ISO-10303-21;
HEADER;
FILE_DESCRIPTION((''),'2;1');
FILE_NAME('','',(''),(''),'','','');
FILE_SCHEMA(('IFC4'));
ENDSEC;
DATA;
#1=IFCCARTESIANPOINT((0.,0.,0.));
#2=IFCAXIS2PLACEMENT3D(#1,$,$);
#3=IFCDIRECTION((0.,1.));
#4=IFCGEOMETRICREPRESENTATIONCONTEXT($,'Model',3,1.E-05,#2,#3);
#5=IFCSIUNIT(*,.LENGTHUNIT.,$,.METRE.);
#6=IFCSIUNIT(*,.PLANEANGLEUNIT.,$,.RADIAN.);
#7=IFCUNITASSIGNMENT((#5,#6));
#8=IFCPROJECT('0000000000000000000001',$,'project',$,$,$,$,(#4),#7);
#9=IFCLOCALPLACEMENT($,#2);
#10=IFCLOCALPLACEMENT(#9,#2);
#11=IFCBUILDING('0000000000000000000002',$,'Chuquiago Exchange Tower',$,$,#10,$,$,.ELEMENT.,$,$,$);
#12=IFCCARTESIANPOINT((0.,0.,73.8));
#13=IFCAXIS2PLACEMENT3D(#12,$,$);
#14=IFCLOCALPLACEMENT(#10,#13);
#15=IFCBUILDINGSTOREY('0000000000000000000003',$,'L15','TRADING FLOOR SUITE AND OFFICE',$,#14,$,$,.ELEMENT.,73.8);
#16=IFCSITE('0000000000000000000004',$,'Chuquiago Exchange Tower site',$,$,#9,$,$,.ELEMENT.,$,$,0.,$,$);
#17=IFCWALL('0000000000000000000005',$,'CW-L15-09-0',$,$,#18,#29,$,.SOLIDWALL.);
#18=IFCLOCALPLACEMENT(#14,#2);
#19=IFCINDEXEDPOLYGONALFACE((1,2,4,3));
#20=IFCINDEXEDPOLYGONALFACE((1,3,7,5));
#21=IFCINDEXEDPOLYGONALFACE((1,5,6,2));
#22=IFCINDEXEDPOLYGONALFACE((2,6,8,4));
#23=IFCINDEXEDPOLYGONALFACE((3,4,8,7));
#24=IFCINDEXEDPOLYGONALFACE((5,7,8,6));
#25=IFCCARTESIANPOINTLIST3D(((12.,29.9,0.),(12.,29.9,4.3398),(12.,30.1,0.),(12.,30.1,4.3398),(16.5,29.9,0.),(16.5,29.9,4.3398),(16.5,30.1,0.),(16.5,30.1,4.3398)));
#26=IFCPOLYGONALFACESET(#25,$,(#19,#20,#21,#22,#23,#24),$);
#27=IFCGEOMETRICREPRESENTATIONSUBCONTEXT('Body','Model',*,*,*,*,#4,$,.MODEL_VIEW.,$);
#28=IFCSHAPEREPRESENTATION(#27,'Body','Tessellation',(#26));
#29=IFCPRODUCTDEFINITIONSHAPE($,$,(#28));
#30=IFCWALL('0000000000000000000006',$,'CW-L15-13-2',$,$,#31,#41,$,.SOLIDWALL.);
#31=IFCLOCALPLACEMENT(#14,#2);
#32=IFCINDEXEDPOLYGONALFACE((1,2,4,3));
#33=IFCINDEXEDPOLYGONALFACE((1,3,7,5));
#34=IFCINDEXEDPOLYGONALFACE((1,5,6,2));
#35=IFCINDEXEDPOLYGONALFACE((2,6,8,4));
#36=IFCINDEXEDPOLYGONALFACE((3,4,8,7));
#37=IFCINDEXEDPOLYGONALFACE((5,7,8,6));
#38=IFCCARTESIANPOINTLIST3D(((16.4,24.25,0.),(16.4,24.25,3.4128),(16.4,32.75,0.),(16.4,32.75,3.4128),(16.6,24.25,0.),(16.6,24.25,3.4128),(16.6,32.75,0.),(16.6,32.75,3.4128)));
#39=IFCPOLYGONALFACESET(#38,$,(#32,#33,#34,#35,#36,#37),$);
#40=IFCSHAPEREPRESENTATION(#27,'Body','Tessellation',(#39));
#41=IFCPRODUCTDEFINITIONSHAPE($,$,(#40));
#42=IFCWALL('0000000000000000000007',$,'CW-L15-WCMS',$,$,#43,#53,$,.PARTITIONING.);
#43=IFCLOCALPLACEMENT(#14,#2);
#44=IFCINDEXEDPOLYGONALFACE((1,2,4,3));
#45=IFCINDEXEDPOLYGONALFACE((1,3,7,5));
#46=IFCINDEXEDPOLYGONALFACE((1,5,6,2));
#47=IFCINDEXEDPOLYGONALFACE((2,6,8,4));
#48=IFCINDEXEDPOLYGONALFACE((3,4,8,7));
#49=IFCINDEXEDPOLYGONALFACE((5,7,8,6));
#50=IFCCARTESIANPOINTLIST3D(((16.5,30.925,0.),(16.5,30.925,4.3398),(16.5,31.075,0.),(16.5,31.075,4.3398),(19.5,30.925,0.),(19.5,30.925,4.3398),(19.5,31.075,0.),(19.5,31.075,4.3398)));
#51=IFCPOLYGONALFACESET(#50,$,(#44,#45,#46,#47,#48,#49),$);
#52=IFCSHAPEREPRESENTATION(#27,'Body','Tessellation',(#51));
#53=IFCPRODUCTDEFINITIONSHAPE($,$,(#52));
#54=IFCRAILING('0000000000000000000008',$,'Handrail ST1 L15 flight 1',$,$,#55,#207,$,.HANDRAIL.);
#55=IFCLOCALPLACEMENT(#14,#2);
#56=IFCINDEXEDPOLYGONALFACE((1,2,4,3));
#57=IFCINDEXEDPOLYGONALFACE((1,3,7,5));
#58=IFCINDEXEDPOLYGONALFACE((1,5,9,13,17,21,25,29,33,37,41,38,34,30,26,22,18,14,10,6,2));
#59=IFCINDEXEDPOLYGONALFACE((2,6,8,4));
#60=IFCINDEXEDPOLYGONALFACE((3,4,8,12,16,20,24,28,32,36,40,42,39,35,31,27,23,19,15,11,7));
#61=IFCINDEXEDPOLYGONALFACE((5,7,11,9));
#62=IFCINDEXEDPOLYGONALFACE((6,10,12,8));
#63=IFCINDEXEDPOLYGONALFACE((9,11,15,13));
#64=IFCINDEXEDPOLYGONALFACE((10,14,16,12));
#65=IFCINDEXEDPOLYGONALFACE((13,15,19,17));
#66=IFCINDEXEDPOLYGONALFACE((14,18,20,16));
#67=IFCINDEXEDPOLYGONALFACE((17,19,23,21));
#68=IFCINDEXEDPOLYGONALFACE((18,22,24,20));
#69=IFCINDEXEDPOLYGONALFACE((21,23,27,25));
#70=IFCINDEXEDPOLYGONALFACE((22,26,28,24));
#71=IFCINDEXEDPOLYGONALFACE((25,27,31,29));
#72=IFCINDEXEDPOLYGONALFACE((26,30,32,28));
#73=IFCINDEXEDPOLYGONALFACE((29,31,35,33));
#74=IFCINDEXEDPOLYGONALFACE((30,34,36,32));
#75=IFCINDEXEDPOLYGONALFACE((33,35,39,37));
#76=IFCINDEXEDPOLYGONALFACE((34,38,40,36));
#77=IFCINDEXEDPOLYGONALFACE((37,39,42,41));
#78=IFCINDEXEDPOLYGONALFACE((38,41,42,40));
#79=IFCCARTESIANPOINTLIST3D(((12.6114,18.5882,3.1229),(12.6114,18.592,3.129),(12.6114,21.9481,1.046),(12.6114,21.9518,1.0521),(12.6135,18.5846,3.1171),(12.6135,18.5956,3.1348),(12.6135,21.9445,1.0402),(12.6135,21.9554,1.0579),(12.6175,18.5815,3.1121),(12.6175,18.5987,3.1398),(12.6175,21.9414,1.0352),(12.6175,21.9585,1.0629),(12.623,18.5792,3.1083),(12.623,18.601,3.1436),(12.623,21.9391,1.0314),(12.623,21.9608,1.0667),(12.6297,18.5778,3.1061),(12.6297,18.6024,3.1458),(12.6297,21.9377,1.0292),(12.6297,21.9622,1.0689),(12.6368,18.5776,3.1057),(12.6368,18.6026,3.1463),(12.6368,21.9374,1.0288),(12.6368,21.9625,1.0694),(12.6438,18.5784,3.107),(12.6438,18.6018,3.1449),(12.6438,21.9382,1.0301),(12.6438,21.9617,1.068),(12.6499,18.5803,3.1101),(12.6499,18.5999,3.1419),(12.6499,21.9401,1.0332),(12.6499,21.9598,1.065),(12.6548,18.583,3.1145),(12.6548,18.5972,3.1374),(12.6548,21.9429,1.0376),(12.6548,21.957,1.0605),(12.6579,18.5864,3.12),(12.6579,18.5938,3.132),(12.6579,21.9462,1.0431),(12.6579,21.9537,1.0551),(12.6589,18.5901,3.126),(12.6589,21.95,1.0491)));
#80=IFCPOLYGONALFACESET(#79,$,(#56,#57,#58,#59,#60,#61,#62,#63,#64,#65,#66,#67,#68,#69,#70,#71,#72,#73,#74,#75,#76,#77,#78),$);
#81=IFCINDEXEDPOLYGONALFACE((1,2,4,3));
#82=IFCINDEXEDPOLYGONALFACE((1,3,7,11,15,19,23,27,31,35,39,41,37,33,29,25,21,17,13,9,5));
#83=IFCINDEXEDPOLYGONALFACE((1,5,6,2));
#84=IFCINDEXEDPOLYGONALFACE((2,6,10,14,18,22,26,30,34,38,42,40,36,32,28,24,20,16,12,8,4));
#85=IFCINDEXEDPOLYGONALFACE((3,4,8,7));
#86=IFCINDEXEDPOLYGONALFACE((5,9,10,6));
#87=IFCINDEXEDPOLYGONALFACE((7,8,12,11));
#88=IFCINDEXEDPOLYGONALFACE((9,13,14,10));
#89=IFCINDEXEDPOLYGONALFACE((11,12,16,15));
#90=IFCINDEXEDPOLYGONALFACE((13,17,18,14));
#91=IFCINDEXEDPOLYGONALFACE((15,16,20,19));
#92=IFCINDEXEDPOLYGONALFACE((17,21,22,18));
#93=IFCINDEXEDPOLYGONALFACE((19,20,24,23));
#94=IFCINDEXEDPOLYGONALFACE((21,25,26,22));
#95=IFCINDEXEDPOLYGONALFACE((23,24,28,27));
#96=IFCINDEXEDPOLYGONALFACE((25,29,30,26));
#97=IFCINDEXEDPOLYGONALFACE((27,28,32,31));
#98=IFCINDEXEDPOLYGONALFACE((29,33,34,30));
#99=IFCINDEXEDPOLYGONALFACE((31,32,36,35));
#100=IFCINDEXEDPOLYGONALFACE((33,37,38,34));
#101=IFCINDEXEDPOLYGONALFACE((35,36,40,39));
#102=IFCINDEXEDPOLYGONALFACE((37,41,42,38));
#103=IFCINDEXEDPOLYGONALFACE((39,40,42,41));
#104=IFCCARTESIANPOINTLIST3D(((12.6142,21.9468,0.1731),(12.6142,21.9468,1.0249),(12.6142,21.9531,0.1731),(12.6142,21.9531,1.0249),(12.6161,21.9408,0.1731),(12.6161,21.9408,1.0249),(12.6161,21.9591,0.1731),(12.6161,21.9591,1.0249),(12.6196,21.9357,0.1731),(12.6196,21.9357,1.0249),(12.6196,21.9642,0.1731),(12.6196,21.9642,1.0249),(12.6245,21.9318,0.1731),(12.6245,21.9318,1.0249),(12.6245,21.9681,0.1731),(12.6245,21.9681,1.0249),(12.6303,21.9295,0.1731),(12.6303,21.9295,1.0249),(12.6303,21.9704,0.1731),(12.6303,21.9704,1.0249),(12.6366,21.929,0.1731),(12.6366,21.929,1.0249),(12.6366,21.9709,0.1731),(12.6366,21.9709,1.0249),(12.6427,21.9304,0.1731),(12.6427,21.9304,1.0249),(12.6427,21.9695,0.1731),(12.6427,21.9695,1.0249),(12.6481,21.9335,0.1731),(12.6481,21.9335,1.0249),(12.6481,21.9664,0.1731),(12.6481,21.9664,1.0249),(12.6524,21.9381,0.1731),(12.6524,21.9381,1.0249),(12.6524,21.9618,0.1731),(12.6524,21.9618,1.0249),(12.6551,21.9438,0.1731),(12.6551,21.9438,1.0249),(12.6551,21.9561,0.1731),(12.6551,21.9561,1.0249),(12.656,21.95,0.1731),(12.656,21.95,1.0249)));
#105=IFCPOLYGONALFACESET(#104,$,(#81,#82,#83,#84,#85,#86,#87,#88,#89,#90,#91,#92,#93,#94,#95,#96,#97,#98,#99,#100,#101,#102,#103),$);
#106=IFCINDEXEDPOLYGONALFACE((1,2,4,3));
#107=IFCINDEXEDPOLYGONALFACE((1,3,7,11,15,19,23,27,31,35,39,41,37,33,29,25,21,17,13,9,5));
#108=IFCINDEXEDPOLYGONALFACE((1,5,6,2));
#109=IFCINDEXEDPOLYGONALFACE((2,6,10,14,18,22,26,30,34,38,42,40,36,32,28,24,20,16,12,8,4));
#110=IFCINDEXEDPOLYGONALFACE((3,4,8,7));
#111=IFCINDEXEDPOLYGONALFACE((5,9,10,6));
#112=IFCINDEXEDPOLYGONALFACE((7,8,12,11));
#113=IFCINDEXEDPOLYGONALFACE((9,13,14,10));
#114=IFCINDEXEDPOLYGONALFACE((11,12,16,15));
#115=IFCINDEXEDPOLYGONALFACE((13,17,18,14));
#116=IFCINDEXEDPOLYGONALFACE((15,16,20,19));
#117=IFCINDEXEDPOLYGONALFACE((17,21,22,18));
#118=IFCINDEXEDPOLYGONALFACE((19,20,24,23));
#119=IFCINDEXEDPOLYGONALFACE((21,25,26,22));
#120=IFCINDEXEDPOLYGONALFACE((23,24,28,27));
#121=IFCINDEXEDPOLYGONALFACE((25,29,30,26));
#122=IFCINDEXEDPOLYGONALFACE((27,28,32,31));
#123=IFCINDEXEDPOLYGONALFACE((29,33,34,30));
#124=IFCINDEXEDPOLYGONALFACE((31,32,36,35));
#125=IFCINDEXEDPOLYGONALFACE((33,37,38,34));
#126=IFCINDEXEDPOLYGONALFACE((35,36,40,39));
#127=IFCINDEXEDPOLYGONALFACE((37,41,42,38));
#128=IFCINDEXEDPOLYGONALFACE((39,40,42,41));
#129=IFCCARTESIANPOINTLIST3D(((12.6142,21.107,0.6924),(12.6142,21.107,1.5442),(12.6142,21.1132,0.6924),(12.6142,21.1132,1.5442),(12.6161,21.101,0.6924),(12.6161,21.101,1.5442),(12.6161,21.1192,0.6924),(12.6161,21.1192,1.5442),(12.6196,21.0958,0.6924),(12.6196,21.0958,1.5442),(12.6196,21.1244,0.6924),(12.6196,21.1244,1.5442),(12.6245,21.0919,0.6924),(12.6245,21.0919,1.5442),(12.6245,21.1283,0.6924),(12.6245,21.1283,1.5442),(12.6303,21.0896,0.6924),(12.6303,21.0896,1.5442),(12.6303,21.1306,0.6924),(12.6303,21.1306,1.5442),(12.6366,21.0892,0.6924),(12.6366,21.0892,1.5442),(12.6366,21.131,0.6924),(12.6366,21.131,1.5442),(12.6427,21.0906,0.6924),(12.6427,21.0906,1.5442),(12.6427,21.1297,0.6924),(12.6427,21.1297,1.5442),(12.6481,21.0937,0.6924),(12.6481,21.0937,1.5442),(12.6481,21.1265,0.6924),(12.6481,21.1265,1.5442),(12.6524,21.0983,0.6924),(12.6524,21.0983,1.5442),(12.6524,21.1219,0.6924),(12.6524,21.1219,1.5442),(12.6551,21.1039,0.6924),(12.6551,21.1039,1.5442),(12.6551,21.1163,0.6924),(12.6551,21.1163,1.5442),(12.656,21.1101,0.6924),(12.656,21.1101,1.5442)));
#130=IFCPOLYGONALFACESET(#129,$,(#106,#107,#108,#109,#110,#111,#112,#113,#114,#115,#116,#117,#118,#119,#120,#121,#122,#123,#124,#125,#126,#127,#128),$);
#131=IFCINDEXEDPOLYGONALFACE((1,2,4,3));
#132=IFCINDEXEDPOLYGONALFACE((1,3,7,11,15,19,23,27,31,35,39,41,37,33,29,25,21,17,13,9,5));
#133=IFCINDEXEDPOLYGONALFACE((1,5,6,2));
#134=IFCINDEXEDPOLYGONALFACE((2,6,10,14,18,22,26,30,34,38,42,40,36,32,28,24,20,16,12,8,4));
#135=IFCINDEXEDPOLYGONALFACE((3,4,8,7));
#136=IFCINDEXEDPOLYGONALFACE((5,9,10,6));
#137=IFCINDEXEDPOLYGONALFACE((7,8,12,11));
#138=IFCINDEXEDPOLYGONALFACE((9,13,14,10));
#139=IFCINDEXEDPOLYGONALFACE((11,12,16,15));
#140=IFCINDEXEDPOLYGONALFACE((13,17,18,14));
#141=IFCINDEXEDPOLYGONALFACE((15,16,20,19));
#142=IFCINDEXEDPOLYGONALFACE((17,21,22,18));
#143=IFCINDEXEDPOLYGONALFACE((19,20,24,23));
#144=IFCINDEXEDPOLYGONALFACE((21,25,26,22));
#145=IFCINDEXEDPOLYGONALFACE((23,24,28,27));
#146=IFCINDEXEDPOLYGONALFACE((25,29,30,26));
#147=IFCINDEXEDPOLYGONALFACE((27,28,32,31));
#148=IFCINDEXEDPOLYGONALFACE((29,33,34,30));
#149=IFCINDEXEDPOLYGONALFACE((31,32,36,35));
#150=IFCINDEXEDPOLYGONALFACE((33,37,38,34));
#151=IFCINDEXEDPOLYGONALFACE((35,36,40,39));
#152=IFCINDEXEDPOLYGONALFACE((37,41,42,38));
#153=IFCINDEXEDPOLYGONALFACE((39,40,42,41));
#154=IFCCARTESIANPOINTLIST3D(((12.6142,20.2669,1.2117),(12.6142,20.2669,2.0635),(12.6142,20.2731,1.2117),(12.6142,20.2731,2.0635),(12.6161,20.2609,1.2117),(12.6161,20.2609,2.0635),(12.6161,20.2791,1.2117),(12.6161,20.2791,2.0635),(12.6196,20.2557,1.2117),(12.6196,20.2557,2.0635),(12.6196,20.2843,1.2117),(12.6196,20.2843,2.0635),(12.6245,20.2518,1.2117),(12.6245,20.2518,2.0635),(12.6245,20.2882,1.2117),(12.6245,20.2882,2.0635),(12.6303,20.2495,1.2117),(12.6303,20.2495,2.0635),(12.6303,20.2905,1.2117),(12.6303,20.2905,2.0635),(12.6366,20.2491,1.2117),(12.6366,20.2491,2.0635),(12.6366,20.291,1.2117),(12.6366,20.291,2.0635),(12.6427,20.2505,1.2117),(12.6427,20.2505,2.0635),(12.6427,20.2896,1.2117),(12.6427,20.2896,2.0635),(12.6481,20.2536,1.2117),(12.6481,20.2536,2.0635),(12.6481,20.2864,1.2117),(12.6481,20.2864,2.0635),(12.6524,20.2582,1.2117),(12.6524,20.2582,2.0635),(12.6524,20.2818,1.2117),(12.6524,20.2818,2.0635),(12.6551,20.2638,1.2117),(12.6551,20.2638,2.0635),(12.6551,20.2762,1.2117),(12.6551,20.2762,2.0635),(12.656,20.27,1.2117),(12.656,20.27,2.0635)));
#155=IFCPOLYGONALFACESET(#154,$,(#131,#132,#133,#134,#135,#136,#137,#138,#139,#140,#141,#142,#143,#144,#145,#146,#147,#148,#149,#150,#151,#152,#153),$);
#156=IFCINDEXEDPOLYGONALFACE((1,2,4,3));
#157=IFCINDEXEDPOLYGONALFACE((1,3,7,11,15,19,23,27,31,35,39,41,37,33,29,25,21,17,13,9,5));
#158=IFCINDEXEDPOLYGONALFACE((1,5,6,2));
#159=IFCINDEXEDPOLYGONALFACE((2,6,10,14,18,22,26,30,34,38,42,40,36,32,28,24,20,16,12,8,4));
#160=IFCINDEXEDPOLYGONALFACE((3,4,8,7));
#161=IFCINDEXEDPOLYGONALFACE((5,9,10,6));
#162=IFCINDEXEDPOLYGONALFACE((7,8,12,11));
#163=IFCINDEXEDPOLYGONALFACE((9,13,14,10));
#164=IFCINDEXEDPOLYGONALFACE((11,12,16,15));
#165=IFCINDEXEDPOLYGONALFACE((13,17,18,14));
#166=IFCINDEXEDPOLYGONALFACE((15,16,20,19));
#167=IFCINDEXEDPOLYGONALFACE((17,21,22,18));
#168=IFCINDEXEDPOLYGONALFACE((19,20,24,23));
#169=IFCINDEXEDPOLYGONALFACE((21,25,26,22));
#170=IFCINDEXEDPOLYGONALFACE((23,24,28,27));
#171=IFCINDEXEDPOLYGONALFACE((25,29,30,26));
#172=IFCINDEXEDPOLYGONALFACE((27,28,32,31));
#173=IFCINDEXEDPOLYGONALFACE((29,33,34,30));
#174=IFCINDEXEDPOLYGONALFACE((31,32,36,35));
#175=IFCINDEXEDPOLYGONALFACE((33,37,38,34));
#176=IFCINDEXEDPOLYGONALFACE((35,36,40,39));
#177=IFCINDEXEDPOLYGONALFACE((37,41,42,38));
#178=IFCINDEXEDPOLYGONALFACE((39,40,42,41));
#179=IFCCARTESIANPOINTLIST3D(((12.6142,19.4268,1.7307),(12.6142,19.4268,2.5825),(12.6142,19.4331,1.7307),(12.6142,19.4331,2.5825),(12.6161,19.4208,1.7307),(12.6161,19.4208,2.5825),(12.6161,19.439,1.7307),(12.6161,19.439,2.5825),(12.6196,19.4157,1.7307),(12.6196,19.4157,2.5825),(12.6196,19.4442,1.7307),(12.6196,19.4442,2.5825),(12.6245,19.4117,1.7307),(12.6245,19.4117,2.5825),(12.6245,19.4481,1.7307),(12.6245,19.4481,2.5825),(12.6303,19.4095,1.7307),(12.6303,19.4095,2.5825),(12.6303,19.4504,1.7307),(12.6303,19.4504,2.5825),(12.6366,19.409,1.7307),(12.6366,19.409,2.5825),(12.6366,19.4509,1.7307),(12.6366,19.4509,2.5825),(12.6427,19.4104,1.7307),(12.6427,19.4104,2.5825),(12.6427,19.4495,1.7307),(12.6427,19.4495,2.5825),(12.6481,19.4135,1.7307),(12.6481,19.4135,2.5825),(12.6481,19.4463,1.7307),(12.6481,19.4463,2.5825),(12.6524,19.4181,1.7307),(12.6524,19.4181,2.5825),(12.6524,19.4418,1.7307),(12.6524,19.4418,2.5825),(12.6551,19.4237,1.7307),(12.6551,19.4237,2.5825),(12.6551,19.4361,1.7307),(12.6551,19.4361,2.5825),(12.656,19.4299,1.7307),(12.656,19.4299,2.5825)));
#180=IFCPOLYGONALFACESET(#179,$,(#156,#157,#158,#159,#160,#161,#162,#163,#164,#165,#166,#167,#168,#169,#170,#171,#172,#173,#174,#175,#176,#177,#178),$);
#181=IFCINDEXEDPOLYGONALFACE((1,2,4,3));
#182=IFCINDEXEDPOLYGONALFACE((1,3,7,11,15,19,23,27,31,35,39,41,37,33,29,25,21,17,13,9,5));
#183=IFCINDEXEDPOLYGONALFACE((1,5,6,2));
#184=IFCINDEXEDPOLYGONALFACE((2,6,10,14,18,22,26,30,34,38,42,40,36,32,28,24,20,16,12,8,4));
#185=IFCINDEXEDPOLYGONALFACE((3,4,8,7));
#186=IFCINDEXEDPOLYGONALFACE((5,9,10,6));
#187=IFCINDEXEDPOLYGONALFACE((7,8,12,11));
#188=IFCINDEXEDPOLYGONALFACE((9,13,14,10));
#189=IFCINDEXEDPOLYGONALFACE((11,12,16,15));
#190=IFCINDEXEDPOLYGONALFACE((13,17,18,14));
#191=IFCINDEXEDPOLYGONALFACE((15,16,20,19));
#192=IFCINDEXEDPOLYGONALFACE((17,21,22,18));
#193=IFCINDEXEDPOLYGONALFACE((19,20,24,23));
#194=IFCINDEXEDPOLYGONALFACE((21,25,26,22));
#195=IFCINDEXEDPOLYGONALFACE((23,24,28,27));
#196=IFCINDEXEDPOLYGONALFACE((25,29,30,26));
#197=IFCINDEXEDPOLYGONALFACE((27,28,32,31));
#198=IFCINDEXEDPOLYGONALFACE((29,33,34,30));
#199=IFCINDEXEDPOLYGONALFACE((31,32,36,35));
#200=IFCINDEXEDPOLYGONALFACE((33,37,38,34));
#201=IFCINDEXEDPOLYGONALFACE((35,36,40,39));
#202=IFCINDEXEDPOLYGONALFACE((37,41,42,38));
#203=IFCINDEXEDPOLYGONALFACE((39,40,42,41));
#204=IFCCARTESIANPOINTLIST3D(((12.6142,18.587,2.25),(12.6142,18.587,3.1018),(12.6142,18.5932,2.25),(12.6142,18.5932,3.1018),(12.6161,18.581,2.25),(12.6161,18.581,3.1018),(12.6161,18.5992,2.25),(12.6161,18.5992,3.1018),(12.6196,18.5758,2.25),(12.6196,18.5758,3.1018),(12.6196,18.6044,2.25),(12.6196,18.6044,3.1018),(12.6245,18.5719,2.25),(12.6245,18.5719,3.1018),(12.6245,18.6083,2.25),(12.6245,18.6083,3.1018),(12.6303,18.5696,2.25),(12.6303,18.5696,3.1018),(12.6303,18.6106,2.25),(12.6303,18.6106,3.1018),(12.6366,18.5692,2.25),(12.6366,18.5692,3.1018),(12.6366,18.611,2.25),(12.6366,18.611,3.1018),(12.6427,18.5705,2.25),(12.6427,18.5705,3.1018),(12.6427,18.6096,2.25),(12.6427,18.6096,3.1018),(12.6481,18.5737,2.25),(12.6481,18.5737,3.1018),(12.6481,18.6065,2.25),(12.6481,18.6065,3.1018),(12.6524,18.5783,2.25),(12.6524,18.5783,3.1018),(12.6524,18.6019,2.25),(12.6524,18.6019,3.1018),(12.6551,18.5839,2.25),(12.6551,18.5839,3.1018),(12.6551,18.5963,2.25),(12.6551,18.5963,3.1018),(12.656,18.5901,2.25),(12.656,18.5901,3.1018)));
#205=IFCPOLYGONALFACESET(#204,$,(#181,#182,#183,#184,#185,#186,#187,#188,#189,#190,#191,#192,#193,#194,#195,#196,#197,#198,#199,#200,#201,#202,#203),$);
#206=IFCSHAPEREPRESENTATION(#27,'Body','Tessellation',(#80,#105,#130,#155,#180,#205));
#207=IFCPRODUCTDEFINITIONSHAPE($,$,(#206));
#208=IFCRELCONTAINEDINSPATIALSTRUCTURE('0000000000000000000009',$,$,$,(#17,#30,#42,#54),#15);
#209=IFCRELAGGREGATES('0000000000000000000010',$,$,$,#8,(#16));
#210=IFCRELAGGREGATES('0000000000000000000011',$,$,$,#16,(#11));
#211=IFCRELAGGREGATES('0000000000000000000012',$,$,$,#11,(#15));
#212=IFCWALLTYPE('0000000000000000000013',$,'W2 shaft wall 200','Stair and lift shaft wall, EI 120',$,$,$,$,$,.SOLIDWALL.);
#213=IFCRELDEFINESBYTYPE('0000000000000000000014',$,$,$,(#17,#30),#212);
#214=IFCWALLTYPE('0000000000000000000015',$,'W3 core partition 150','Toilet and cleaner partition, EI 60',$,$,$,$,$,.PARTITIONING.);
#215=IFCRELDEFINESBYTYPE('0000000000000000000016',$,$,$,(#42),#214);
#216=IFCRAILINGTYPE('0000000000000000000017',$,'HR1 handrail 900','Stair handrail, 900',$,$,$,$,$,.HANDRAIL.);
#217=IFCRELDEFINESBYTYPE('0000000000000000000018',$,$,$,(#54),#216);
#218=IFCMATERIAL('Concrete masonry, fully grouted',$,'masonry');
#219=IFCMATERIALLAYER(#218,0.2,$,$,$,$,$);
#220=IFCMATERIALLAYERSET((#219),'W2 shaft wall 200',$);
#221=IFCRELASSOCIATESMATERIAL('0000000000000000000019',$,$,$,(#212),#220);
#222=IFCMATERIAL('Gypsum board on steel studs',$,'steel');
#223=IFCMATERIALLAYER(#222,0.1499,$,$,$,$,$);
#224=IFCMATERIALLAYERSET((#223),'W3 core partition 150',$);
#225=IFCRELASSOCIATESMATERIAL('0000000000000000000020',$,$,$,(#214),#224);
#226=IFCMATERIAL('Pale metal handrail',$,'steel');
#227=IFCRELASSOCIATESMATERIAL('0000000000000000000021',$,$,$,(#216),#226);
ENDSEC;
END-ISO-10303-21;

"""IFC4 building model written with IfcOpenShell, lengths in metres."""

from ifc_helpers import new_model, si_unit, direction, frame, frame_2d, origin, origin_2d, place, context, subcontext, project, spatial, rectangle, circle, extrude, material, layer, layer_set, type_object, element, save


model = new_model("IFC4")

# Units and contexts
model_context = context("Model", 3, precision=1e-05, world=origin(), true_north=direction((0.0, 1.0)))
body_context = subcontext(model_context, "Body", "Model", "MODEL_VIEW")
ifc_project = project(units=[si_unit("LENGTHUNIT", "METRE"), si_unit("PLANEANGLEUNIT", "RADIAN")], contexts=[model_context])

# Site, building, storey
site_placement = place(None, origin())
site = spatial("IfcSite", under=ifc_project, at=site_placement, Name="Chuquiago Exchange Tower site", CompositionType="ELEMENT", RefElevation=0.0)
building_placement = place(site_placement, origin())
building = spatial("IfcBuilding", under=site, at=building_placement, Name="Chuquiago Exchange Tower", CompositionType="ELEMENT")
storey_placement = place(building_placement, frame((0.0, 0.0, 73.8)))
storey = spatial("IfcBuildingStorey", under=building, at=storey_placement, Name="L15", Description="TRADING FLOOR SUITE AND OFFICE", CompositionType="ELEMENT", Elevation=73.8)

# Shared definitions
ifc_material_1 = material(Name="Concrete masonry, fully grouted", Category="masonry")
ifc_layer_1 = layer(ifc_material_1, 0.2)
ifc_layer_set_1 = layer_set([ifc_layer_1], Name="W2 shaft wall 200")
wall_type_1 = type_object("IfcWallType", Name="W2 shaft wall 200", Description="Stair and lift shaft wall, EI 120", PredefinedType="SOLIDWALL", material=ifc_layer_set_1)

# Walls
wall_1_placement = place(storey_placement, frame((12.0, 30.0, 0.0), z_axis=(0.0, 0.0, 1.0), x_axis=(1.0, 0.0, 0.0)))
element("IfcWall", 1, at=wall_1_placement, inside=storey, type_object=wall_type_1, Name="CW-L15-09-0", PredefinedType="SOLIDWALL", context=body_context, shape_type="SweptSolid", body=[
    extrude(rectangle(XDim=4.5, YDim=0.2, at=frame_2d((2.25, 0.0))), origin(), (0.0, 0.0, 1.0), 4.3398),
])
wall_2_placement = place(storey_placement, frame((16.5, 24.25, 0.0), z_axis=(0.0, 0.0, 1.0), x_axis=(0.0, 1.0, 0.0)))
element("IfcWall", 2, at=wall_2_placement, inside=storey, type_object=wall_type_1, Name="CW-L15-13-2", PredefinedType="SOLIDWALL", context=body_context, shape_type="SweptSolid", body=[
    extrude(rectangle(XDim=8.5, YDim=0.2, at=frame_2d((4.25, 0.0))), origin(), (0.0, 0.0, 1.0), 3.4128),
])
ifc_material_2 = material(Name="Gypsum board on steel studs", Category="steel")
ifc_layer_2 = layer(ifc_material_2, 0.1499)
ifc_layer_set_2 = layer_set([ifc_layer_2], Name="W3 core partition 150")
wall_type_2 = type_object("IfcWallType", Name="W3 core partition 150", Description="Toilet and cleaner partition, EI 60", PredefinedType="PARTITIONING", material=ifc_layer_set_2)
wall_3_placement = place(storey_placement, frame((16.5, 31.0, 0.0), z_axis=(0.0, 0.0, 1.0), x_axis=(1.0, 0.0, 0.0)))
element("IfcWall", 3, at=wall_3_placement, inside=storey, type_object=wall_type_2, Name="CW-L15-WCMS", PredefinedType="PARTITIONING", context=body_context, shape_type="SweptSolid", body=[
    extrude(rectangle(XDim=3.0, YDim=0.1499, at=frame_2d((1.5, 0.0))), origin(), (0.0, 0.0, 1.0), 4.3398),
])

# Railing
ifc_material_3 = material(Name="Pale metal handrail", Category="steel")
railing_type = type_object("IfcRailingType", Name="HR1 handrail 900", Description="Stair handrail, 900", PredefinedType="HANDRAIL", material=ifc_material_3)
for number, where, name in (
    (4, (12.635, 21.95, 0.1731), "Handrail ST1 L15 flight 1"),
):
    element("IfcRailing", number, at=place(storey_placement, frame(where)), inside=storey, type_object=railing_type, Name=name, PredefinedType="HANDRAIL", context=body_context, shape_type="SweptSolid", body=[
        extrude(circle(Radius=0.0239, at=origin_2d()), frame((0.0, 0.0, 0.876), z_axis=(0.0, -0.850606, 0.525803), x_axis=(1.0, 0.0, 0.0)), (0.0, 0.0, 1.0), 3.95),
        extrude(circle(Radius=0.021, at=origin_2d()), origin(), (0.0, 0.0, 1.0), 0.8518),
        extrude(circle(Radius=0.021, at=origin_2d()), frame((0.0, -0.8398, 0.5193)), (0.0, 0.0, 1.0), 0.8518),
        extrude(circle(Radius=0.021, at=origin_2d()), frame((0.0, -1.6799, 1.0386)), (0.0, 0.0, 1.0), 0.8518),
        extrude(circle(Radius=0.021, at=origin_2d()), frame((0.0, -2.52, 1.5576)), (0.0, 0.0, 1.0), 0.8518),
        extrude(circle(Radius=0.021, at=origin_2d()), frame((0.0, -3.3599, 2.0769)), (0.0, 0.0, 1.0), 0.8518),
    ])

save(model, "model.ifc")
